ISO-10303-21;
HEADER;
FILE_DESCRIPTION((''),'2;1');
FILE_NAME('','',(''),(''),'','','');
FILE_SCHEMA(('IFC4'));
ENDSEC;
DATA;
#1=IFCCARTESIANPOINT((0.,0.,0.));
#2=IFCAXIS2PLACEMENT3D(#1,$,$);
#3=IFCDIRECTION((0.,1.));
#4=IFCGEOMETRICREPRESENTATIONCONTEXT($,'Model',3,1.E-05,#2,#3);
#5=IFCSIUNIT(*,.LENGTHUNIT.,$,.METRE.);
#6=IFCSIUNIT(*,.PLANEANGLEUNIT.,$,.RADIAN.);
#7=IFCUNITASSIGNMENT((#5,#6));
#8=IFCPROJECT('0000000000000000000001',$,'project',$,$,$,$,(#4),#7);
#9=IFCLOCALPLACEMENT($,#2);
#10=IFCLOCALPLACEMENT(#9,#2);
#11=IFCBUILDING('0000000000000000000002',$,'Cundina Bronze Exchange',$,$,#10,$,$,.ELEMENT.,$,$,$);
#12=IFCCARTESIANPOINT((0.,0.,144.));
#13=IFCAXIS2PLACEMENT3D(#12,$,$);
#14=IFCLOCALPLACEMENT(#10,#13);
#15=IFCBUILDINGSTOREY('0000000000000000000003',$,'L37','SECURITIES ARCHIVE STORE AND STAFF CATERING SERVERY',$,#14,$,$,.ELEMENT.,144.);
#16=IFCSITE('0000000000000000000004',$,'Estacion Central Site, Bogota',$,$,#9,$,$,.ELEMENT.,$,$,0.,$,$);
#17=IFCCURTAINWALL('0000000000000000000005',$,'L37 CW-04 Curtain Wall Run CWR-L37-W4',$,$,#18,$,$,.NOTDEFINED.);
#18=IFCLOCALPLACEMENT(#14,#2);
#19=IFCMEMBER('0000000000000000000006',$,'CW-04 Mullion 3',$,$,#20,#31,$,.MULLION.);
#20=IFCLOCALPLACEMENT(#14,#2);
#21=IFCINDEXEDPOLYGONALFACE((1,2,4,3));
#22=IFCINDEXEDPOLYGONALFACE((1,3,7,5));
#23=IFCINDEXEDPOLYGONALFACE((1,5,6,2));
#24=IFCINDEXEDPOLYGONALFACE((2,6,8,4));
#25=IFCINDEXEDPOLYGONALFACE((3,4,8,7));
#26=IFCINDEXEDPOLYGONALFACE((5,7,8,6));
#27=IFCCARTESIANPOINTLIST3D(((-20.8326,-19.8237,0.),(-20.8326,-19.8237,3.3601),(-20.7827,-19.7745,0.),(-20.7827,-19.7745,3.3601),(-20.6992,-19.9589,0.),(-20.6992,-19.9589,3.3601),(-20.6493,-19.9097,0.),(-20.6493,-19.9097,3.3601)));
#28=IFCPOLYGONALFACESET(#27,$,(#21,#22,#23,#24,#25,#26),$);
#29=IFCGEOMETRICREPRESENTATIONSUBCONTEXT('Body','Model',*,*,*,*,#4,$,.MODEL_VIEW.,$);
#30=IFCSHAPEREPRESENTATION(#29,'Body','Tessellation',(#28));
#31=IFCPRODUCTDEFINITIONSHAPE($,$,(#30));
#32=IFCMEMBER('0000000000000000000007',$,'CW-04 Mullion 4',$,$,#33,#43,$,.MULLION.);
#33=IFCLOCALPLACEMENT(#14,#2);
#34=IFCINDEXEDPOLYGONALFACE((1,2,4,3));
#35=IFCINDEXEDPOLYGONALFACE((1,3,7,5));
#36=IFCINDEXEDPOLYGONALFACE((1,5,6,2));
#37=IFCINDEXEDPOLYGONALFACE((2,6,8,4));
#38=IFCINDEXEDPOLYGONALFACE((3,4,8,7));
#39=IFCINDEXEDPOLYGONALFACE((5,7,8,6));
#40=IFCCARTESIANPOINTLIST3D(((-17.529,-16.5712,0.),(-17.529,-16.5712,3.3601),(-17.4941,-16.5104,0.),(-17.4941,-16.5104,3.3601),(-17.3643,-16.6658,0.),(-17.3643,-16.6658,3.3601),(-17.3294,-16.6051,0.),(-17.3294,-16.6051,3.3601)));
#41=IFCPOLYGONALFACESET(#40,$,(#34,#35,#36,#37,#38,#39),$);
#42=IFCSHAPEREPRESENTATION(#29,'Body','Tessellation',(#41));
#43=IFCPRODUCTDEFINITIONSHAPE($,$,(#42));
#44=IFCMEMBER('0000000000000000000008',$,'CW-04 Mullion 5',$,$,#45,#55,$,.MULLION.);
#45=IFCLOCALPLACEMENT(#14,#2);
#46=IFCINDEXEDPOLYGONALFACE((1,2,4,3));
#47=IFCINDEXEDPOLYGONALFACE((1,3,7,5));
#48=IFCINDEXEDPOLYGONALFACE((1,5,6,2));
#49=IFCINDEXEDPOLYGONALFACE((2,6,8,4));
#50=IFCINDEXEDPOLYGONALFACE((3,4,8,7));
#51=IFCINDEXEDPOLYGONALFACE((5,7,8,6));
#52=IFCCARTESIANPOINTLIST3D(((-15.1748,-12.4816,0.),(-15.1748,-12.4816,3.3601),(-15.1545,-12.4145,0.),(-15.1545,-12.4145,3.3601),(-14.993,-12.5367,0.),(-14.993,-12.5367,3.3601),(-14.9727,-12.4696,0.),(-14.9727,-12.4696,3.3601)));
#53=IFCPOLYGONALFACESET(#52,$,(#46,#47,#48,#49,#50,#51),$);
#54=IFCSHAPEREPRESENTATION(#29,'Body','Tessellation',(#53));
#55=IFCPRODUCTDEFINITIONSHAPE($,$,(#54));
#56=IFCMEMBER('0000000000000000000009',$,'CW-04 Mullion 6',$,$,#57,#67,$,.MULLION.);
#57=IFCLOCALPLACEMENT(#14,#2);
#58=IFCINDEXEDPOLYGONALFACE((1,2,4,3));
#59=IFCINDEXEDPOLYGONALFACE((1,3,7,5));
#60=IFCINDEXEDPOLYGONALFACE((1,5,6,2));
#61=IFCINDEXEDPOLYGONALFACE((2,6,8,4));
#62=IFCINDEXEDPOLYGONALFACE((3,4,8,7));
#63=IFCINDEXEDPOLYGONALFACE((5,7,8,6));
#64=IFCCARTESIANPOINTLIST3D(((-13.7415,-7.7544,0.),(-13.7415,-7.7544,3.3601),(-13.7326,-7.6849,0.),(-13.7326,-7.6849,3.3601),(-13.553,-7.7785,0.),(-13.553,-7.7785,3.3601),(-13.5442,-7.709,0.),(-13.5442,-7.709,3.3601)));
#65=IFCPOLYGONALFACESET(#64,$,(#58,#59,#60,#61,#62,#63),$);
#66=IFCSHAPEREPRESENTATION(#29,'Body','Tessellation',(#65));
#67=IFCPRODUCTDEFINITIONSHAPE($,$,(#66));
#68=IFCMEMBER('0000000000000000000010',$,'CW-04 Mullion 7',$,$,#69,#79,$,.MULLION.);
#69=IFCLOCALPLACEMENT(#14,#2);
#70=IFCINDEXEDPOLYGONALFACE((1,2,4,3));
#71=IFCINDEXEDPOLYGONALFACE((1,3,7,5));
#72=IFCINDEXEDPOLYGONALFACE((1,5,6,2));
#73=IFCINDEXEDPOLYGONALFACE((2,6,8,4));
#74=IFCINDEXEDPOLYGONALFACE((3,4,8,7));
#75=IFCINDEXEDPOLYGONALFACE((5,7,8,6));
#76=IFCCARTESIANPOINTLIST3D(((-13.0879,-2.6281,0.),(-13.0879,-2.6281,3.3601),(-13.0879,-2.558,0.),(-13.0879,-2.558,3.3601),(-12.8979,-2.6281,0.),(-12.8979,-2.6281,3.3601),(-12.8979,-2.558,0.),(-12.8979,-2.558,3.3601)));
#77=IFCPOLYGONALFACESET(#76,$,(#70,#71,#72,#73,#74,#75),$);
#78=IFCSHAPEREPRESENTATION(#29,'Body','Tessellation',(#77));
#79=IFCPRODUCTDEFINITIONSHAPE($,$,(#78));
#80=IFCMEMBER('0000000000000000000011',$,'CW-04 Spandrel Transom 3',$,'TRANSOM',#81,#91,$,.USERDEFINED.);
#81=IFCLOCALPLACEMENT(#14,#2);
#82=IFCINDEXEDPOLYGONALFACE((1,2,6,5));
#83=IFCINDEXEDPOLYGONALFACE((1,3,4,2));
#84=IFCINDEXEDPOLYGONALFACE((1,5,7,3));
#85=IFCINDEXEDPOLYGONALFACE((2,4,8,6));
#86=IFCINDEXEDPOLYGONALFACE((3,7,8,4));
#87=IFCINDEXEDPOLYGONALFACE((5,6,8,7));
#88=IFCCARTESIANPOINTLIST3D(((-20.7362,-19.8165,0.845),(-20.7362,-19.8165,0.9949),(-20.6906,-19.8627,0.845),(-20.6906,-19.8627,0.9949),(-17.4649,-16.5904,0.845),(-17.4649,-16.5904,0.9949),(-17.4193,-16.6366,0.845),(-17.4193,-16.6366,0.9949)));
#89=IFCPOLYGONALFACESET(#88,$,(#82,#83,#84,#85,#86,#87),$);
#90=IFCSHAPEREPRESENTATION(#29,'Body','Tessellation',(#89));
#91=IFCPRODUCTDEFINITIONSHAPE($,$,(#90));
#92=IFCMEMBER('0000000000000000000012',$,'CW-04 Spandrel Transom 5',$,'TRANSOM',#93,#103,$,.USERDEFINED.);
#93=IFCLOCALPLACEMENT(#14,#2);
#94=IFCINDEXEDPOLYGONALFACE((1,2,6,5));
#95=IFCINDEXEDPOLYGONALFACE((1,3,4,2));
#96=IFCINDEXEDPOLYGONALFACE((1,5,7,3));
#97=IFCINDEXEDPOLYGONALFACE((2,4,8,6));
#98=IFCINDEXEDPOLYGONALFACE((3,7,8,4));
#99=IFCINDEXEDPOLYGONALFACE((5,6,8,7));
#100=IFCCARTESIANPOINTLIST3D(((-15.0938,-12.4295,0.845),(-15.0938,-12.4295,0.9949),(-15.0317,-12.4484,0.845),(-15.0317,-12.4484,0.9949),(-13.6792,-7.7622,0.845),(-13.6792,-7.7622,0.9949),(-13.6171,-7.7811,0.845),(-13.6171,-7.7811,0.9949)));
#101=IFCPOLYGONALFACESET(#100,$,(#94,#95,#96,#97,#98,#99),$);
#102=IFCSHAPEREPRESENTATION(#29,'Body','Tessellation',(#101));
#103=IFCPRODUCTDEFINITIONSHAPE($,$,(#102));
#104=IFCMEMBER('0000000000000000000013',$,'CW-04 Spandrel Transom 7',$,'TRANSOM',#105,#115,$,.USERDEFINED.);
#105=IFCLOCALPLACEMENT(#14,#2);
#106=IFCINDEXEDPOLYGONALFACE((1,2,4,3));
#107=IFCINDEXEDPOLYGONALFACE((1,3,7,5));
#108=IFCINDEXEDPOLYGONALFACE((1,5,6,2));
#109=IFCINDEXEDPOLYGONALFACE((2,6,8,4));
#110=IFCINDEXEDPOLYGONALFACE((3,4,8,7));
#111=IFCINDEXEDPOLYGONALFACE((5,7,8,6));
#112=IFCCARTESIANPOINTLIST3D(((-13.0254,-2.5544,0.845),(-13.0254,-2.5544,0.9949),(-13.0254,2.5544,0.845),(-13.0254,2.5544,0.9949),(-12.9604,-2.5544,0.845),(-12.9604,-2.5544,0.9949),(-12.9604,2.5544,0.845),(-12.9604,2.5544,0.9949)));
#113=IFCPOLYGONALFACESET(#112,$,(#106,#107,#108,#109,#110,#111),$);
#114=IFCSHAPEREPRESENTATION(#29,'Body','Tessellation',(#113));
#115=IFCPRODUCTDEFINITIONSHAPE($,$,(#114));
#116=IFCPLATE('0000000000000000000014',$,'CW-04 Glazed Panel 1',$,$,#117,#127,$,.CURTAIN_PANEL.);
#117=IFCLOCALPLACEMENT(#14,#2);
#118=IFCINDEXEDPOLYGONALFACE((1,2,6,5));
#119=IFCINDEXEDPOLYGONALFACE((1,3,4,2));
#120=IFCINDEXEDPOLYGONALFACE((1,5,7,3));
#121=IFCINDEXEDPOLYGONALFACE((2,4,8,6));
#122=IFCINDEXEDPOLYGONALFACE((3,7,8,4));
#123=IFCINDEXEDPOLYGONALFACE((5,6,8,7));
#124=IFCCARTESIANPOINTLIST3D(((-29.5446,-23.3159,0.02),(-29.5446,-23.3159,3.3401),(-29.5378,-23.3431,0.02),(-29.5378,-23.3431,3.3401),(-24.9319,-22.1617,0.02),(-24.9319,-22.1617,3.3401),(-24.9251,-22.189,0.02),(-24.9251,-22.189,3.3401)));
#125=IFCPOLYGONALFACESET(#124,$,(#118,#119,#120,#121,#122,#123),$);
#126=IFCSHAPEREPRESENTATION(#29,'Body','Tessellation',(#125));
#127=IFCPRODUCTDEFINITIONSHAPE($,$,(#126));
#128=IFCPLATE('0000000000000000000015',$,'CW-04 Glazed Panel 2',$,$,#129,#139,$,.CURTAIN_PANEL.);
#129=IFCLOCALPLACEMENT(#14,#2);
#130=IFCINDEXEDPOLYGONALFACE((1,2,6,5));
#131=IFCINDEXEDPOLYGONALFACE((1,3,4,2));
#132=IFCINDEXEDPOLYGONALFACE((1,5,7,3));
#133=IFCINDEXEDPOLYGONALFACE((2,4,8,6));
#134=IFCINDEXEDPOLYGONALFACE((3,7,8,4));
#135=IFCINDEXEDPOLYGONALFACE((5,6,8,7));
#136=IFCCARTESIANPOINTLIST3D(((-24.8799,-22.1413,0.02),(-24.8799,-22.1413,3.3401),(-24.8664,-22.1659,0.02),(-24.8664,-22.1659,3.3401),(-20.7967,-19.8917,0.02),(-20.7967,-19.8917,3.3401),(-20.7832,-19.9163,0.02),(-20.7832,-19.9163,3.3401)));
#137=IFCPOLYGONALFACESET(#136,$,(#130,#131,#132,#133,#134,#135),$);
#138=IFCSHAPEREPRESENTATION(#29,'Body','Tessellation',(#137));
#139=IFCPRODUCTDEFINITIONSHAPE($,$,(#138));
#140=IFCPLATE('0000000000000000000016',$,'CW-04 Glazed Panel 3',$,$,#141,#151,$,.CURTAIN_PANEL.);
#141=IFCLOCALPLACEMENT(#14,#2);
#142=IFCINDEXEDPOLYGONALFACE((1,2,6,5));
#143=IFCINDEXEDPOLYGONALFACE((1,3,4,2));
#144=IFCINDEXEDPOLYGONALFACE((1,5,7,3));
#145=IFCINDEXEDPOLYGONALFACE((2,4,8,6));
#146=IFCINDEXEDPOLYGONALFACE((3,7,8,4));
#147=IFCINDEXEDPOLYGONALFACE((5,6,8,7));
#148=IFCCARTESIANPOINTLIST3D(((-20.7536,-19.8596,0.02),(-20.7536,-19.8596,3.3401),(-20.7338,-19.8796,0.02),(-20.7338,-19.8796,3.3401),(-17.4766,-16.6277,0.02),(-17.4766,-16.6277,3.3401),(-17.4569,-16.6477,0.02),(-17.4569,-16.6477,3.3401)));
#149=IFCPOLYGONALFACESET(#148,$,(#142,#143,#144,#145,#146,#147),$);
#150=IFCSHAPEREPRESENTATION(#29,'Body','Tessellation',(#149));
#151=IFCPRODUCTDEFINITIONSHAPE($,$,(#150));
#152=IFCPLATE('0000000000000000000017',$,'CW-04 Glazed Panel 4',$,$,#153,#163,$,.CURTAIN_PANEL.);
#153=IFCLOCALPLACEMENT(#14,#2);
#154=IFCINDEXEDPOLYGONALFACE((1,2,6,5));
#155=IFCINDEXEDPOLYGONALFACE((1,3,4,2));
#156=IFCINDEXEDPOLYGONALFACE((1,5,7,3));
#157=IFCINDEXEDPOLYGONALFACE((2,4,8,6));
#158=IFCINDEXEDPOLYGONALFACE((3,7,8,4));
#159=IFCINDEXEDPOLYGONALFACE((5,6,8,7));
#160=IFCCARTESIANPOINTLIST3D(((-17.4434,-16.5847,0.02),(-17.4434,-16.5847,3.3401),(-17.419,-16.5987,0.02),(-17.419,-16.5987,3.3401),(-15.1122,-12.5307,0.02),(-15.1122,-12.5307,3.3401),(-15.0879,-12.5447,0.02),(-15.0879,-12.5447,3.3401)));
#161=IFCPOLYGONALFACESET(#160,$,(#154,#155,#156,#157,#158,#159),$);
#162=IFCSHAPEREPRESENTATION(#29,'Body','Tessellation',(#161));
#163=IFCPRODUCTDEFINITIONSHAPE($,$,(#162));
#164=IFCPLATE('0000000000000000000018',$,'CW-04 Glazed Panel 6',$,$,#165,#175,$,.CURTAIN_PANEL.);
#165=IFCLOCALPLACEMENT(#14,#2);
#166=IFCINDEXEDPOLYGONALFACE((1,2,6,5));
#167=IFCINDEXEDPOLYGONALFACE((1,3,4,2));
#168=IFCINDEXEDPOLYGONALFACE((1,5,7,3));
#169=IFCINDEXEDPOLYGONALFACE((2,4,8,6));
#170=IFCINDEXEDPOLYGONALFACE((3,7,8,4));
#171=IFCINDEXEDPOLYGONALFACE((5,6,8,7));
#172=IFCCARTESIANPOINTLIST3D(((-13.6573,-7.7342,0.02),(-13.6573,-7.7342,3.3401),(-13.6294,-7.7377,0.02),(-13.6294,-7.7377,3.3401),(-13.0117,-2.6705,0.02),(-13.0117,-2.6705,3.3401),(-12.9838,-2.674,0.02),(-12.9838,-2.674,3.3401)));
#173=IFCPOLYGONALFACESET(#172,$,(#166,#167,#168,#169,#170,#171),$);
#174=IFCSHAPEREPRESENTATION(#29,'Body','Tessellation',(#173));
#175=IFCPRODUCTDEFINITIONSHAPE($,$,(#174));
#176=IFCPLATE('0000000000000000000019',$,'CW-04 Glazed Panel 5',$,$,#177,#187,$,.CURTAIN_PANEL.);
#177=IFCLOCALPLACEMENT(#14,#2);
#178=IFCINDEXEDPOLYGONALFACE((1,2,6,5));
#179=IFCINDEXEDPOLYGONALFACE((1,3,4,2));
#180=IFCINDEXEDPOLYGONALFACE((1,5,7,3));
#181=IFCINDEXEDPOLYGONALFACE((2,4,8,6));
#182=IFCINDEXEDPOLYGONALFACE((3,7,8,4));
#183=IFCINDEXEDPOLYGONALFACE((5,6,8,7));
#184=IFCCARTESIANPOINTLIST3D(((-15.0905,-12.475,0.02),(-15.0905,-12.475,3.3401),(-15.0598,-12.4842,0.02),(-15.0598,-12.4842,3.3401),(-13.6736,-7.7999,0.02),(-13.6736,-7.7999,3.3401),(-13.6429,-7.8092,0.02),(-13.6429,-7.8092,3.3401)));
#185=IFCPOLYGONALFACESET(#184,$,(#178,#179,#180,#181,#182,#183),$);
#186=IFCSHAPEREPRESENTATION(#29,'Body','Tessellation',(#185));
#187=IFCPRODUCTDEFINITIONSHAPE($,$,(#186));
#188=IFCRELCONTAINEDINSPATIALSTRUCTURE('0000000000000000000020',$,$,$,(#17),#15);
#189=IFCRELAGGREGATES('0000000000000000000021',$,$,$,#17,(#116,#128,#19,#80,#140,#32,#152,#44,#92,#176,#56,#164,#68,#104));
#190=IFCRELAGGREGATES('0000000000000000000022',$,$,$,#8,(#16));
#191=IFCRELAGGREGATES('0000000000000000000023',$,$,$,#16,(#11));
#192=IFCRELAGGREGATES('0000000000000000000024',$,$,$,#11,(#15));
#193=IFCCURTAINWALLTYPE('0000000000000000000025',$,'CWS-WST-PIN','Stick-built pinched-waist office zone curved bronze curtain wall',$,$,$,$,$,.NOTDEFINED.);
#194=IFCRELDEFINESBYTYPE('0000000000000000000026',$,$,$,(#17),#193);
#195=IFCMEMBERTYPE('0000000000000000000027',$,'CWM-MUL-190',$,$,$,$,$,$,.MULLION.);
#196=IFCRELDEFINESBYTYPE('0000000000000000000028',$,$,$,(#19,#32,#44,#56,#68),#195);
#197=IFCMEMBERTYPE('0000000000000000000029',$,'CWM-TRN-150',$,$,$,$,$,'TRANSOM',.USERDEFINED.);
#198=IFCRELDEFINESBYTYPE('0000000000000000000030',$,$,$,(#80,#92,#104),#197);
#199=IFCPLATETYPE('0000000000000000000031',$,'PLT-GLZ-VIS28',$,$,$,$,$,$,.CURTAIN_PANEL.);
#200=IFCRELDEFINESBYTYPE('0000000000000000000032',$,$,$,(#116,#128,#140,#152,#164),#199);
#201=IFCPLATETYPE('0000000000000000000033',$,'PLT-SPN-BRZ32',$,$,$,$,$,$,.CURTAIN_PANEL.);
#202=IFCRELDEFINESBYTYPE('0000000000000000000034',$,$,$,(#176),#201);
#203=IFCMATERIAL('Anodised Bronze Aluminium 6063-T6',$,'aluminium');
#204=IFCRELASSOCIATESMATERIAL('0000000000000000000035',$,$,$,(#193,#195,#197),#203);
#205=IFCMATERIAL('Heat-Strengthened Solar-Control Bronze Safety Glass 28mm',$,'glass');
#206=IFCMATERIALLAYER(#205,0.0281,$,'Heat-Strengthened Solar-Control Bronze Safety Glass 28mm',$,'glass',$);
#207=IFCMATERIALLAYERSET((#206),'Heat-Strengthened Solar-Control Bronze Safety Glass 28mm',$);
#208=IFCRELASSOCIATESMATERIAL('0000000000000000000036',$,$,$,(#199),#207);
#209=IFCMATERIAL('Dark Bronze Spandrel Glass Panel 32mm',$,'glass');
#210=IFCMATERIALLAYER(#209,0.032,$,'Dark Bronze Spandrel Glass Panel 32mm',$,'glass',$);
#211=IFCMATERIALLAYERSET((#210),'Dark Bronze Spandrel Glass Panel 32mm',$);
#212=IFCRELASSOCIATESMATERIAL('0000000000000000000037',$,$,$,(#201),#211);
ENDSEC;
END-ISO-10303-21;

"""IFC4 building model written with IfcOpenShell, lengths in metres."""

from ifc_helpers import new_model, si_unit, direction, frame, origin, origin_2d, place, context, subcontext, project, spatial, rectangle, extrude, material, layer, layer_set, material_profile, profile_set, type_object, element, aggregate, save


model = new_model("IFC4")

# Units and contexts
model_context = context("Model", 3, precision=1e-05, world=origin(), true_north=direction((0.0, 1.0)))
body_context = subcontext(model_context, "Body", "Model", "MODEL_VIEW")
ifc_project = project(units=[si_unit("LENGTHUNIT", "METRE"), si_unit("PLANEANGLEUNIT", "RADIAN")], contexts=[model_context])

# Site, building, storey
site_placement = place(None, origin())
site = spatial("IfcSite", under=ifc_project, at=site_placement, Name="Estacion Central Site, Bogota", CompositionType="ELEMENT", RefElevation=0.0)
building_placement = place(site_placement, origin())
building = spatial("IfcBuilding", under=site, at=building_placement, Name="Cundina Bronze Exchange", CompositionType="ELEMENT")
storey_placement = place(building_placement, frame((0.0, 0.0, 144.0)))
storey = spatial("IfcBuildingStorey", under=building, at=storey_placement, Name="L37", Description="SECURITIES ARCHIVE STORE AND STAFF CATERING SERVERY", CompositionType="ELEMENT", Elevation=144.0)

# Curtain wall, members, plates
ifc_material_1 = material(Name="Anodised Bronze Aluminium 6063-T6", Category="aluminium")
curtain_wall_type = type_object("IfcCurtainWallType", Name="CWS-WST-PIN", Description="Stick-built pinched-waist office zone curved bronze curtain wall", PredefinedType="NOTDEFINED", material=ifc_material_1)
curtain_wall_placement = place(storey_placement, origin())
curtain_wall = element("IfcCurtainWall", 1, at=curtain_wall_placement, inside=storey, type_object=curtain_wall_type, Name="L37 CW-04 Curtain Wall Run CWR-L37-W4", PredefinedType="NOTDEFINED")
ifc_material_profile_1 = material_profile(ifc_material_1, rectangle(XDim=0.0701, YDim=0.1899, at=origin_2d()), Name="AL70X190", Category="aluminium")
ifc_profile_set_1 = profile_set([ifc_material_profile_1], Name="Anodised Bronze Aluminium 6063-T6")
member_type_1 = type_object("IfcMemberType", Name="CWM-MUL-190", PredefinedType="MULLION", material=ifc_profile_set_1)
member_1_placement = place(storey_placement, frame((-20.741, -19.8667, 0.0), z_axis=(0.0, 0.0, 1.0), x_axis=(0.712026, 0.702153, 0.0)))
member_1 = element("IfcMember", 2, at=member_1_placement, type_object=member_type_1, Name="CW-04 Mullion 3", PredefinedType="MULLION", context=body_context, shape_type="SweptSolid", body=[
    extrude(rectangle(XDim=0.0701, YDim=0.1899, at=origin_2d()), origin(), (0.0, 0.0, 1.0), 3.3601),
])
member_2_placement = place(storey_placement, frame((-17.4292, -16.5881, 0.0), z_axis=(0.0, 0.0, 1.0), x_axis=(0.498488, 0.866897, 0.0)))
member_2 = element("IfcMember", 3, at=member_2_placement, type_object=member_type_1, Name="CW-04 Mullion 4", PredefinedType="MULLION", context=body_context, shape_type="SweptSolid", body=[
    extrude(rectangle(XDim=0.0701, YDim=0.1899, at=origin_2d()), origin(), (0.0, 0.0, 1.0), 3.3601),
])
member_3_placement = place(storey_placement, frame((-15.0737, -12.4756, 0.0), z_axis=(0.0, 0.0, 1.0), x_axis=(0.290034, 0.957016, 0.0)))
member_3 = element("IfcMember", 4, at=member_3_placement, type_object=member_type_1, Name="CW-04 Mullion 5", PredefinedType="MULLION", context=body_context, shape_type="SweptSolid", body=[
    extrude(rectangle(XDim=0.0701, YDim=0.1899, at=origin_2d()), origin(), (0.0, 0.0, 1.0), 3.3601),
])
member_4_placement = place(storey_placement, frame((-13.6428, -7.7317, 0.0), z_axis=(0.0, 0.0, 1.0), x_axis=(0.126545, 0.991961, 0.0)))
member_4 = element("IfcMember", 5, at=member_4_placement, type_object=member_type_1, Name="CW-04 Mullion 6", PredefinedType="MULLION", context=body_context, shape_type="SweptSolid", body=[
    extrude(rectangle(XDim=0.0701, YDim=0.1899, at=origin_2d()), origin(), (0.0, 0.0, 1.0), 3.3601),
])
member_5_placement = place(storey_placement, frame((-12.9929, -2.593, 0.0), z_axis=(0.0, 0.0, 1.0), x_axis=(0.0, 1.0, 0.0)))
member_5 = element("IfcMember", 6, at=member_5_placement, type_object=member_type_1, Name="CW-04 Mullion 7", PredefinedType="MULLION", context=body_context, shape_type="SweptSolid", body=[
    extrude(rectangle(XDim=0.0701, YDim=0.1899, at=origin_2d()), origin(), (0.0, 0.0, 1.0), 3.3601),
])
ifc_material_profile_2 = material_profile(ifc_material_1, rectangle(XDim=0.0649, YDim=0.1499, at=origin_2d()), Name="AL65X150", Category="aluminium")
ifc_profile_set_2 = profile_set([ifc_material_profile_2], Name="Anodised Bronze Aluminium 6063-T6")
member_type_2 = type_object("IfcMemberType", Name="CWM-TRN-150", ElementType="TRANSOM", PredefinedType="USERDEFINED", material=ifc_profile_set_2)
member_6_placement = place(storey_placement, frame((-20.7134, -19.8396, 0.9199), z_axis=(0.712005, 0.702174, 0.0), x_axis=(-0.702174, 0.712005, 0.0)))
member_6 = element("IfcMember", 7, at=member_6_placement, type_object=member_type_2, Name="CW-04 Spandrel Transom 3", ObjectType="TRANSOM", PredefinedType="USERDEFINED", context=body_context, shape_type="SweptSolid", body=[
    extrude(rectangle(XDim=0.0649, YDim=0.1499, at=origin_2d()), origin(), (0.0, 0.0, 1.0), 4.5945),
])
member_7_placement = place(storey_placement, frame((-15.0627, -12.439, 0.9199), z_axis=(0.290052, 0.957011, 0.0), x_axis=(-0.957011, 0.290052, 0.0)))
member_7 = element("IfcMember", 8, at=member_7_placement, type_object=member_type_2, Name="CW-04 Spandrel Transom 5", ObjectType="TRANSOM", PredefinedType="USERDEFINED", context=body_context, shape_type="SweptSolid", body=[
    extrude(rectangle(XDim=0.0649, YDim=0.1499, at=origin_2d()), origin(), (0.0, 0.0, 1.0), 4.877),
])
member_8_placement = place(storey_placement, frame((-12.9929, -2.5544, 0.9199), z_axis=(0.0, 1.0, 0.0), x_axis=(-1.0, 0.0, 0.0)))
member_8 = element("IfcMember", 9, at=member_8_placement, type_object=member_type_2, Name="CW-04 Spandrel Transom 7", ObjectType="TRANSOM", PredefinedType="USERDEFINED", context=body_context, shape_type="SweptSolid", body=[
    extrude(rectangle(XDim=0.0649, YDim=0.1499, at=origin_2d()), origin(), (0.0, 0.0, 1.0), 5.1089),
])
ifc_material_2 = material(Name="Heat-Strengthened Solar-Control Bronze Safety Glass 28mm", Category="glass")
ifc_layer_1 = layer(ifc_material_2, 0.0281, Name="Heat-Strengthened Solar-Control Bronze Safety Glass 28mm", Category="glass")
ifc_layer_set_1 = layer_set([ifc_layer_1], Name="Heat-Strengthened Solar-Control Bronze Safety Glass 28mm")
plate_type_1 = type_object("IfcPlateType", Name="PLT-GLZ-VIS28", PredefinedType="CURTAIN_PANEL", material=ifc_layer_set_1)
plate_1_placement = place(storey_placement, frame((-27.2349, -22.7524, 0.02), z_axis=(0.0, 0.0, 1.0), x_axis=(0.970093, 0.242735, 0.0)))
plate_1 = element("IfcPlate", 10, at=plate_1_placement, type_object=plate_type_1, Name="CW-04 Glazed Panel 1", PredefinedType="CURTAIN_PANEL", context=body_context, shape_type="SweptSolid", body=[
    extrude(rectangle(XDim=4.7549, YDim=0.0281, at=origin_2d()), origin(), (0.0, 0.0, 1.0), 3.3201),
])
plate_2_placement = place(storey_placement, frame((-22.8315, -21.0288, 0.02), z_axis=(0.0, 0.0, 1.0), x_axis=(0.875869, 0.482549, 0.0)))
plate_2 = element("IfcPlate", 11, at=plate_2_placement, type_object=plate_type_1, Name="CW-04 Glazed Panel 2", PredefinedType="CURTAIN_PANEL", context=body_context, shape_type="SweptSolid", body=[
    extrude(rectangle(XDim=4.6619, YDim=0.0281, at=origin_2d()), origin(), (0.0, 0.0, 1.0), 3.3201),
])
plate_3_placement = place(storey_placement, frame((-19.1052, -18.2537, 0.02), z_axis=(0.0, 0.0, 1.0), x_axis=(0.711989, 0.70219, 0.0)))
plate_3 = element("IfcPlate", 12, at=plate_3_placement, type_object=plate_type_1, Name="CW-04 Glazed Panel 3", PredefinedType="CURTAIN_PANEL", context=body_context, shape_type="SweptSolid", body=[
    extrude(rectangle(XDim=4.6025, YDim=0.0281, at=origin_2d()), origin(), (0.0, 0.0, 1.0), 3.3201),
])
plate_4_placement = place(storey_placement, frame((-16.2656, -14.5647, 0.02), z_axis=(0.0, 0.0, 1.0), x_axis=(0.498488, 0.866897, 0.0)))
plate_4 = element("IfcPlate", 13, at=plate_4_placement, type_object=plate_type_1, Name="CW-04 Glazed Panel 4", PredefinedType="CURTAIN_PANEL", context=body_context, shape_type="SweptSolid", body=[
    extrude(rectangle(XDim=4.6765, YDim=0.0281, at=origin_2d()), origin(), (0.0, 0.0, 1.0), 3.3201),
])
plate_5_placement = place(storey_placement, frame((-13.3206, -5.2041, 0.02), z_axis=(0.0, 0.0, 1.0), x_axis=(0.126476, 0.99197, 0.0)))
plate_5 = element("IfcPlate", 14, at=plate_5_placement, type_object=plate_type_1, Name="CW-04 Glazed Panel 6", PredefinedType="CURTAIN_PANEL", context=body_context, shape_type="SweptSolid", body=[
    extrude(rectangle(XDim=5.1047, YDim=0.0281, at=origin_2d()), origin(), (0.0, 0.0, 1.0), 3.3201),
])
ifc_material_3 = material(Name="Dark Bronze Spandrel Glass Panel 32mm", Category="glass")
ifc_layer_2 = layer(ifc_material_3, 0.032, Name="Dark Bronze Spandrel Glass Panel 32mm", Category="glass")
ifc_layer_set_2 = layer_set([ifc_layer_2], Name="Dark Bronze Spandrel Glass Panel 32mm")
plate_type_2 = type_object("IfcPlateType", Name="PLT-SPN-BRZ32", PredefinedType="CURTAIN_PANEL", material=ifc_layer_set_2)
plate_6_placement = place(storey_placement, frame((-14.3667, -10.1421, 0.02), z_axis=(0.0, 0.0, 1.0), x_axis=(0.290051, 0.957011, 0.0)))
plate_6 = element("IfcPlate", 15, at=plate_6_placement, type_object=plate_type_2, Name="CW-04 Glazed Panel 5", PredefinedType="CURTAIN_PANEL", context=body_context, shape_type="SweptSolid", body=[
    extrude(rectangle(XDim=4.885, YDim=0.032, at=origin_2d()), origin(), (0.0, 0.0, 1.0), 3.3201),
])
aggregate(curtain_wall, [plate_1, plate_2, member_1, member_6, plate_3, member_2, plate_4, member_3, member_7, plate_6, member_4, plate_5, member_5, member_8])

save(model, "model.ifc")
